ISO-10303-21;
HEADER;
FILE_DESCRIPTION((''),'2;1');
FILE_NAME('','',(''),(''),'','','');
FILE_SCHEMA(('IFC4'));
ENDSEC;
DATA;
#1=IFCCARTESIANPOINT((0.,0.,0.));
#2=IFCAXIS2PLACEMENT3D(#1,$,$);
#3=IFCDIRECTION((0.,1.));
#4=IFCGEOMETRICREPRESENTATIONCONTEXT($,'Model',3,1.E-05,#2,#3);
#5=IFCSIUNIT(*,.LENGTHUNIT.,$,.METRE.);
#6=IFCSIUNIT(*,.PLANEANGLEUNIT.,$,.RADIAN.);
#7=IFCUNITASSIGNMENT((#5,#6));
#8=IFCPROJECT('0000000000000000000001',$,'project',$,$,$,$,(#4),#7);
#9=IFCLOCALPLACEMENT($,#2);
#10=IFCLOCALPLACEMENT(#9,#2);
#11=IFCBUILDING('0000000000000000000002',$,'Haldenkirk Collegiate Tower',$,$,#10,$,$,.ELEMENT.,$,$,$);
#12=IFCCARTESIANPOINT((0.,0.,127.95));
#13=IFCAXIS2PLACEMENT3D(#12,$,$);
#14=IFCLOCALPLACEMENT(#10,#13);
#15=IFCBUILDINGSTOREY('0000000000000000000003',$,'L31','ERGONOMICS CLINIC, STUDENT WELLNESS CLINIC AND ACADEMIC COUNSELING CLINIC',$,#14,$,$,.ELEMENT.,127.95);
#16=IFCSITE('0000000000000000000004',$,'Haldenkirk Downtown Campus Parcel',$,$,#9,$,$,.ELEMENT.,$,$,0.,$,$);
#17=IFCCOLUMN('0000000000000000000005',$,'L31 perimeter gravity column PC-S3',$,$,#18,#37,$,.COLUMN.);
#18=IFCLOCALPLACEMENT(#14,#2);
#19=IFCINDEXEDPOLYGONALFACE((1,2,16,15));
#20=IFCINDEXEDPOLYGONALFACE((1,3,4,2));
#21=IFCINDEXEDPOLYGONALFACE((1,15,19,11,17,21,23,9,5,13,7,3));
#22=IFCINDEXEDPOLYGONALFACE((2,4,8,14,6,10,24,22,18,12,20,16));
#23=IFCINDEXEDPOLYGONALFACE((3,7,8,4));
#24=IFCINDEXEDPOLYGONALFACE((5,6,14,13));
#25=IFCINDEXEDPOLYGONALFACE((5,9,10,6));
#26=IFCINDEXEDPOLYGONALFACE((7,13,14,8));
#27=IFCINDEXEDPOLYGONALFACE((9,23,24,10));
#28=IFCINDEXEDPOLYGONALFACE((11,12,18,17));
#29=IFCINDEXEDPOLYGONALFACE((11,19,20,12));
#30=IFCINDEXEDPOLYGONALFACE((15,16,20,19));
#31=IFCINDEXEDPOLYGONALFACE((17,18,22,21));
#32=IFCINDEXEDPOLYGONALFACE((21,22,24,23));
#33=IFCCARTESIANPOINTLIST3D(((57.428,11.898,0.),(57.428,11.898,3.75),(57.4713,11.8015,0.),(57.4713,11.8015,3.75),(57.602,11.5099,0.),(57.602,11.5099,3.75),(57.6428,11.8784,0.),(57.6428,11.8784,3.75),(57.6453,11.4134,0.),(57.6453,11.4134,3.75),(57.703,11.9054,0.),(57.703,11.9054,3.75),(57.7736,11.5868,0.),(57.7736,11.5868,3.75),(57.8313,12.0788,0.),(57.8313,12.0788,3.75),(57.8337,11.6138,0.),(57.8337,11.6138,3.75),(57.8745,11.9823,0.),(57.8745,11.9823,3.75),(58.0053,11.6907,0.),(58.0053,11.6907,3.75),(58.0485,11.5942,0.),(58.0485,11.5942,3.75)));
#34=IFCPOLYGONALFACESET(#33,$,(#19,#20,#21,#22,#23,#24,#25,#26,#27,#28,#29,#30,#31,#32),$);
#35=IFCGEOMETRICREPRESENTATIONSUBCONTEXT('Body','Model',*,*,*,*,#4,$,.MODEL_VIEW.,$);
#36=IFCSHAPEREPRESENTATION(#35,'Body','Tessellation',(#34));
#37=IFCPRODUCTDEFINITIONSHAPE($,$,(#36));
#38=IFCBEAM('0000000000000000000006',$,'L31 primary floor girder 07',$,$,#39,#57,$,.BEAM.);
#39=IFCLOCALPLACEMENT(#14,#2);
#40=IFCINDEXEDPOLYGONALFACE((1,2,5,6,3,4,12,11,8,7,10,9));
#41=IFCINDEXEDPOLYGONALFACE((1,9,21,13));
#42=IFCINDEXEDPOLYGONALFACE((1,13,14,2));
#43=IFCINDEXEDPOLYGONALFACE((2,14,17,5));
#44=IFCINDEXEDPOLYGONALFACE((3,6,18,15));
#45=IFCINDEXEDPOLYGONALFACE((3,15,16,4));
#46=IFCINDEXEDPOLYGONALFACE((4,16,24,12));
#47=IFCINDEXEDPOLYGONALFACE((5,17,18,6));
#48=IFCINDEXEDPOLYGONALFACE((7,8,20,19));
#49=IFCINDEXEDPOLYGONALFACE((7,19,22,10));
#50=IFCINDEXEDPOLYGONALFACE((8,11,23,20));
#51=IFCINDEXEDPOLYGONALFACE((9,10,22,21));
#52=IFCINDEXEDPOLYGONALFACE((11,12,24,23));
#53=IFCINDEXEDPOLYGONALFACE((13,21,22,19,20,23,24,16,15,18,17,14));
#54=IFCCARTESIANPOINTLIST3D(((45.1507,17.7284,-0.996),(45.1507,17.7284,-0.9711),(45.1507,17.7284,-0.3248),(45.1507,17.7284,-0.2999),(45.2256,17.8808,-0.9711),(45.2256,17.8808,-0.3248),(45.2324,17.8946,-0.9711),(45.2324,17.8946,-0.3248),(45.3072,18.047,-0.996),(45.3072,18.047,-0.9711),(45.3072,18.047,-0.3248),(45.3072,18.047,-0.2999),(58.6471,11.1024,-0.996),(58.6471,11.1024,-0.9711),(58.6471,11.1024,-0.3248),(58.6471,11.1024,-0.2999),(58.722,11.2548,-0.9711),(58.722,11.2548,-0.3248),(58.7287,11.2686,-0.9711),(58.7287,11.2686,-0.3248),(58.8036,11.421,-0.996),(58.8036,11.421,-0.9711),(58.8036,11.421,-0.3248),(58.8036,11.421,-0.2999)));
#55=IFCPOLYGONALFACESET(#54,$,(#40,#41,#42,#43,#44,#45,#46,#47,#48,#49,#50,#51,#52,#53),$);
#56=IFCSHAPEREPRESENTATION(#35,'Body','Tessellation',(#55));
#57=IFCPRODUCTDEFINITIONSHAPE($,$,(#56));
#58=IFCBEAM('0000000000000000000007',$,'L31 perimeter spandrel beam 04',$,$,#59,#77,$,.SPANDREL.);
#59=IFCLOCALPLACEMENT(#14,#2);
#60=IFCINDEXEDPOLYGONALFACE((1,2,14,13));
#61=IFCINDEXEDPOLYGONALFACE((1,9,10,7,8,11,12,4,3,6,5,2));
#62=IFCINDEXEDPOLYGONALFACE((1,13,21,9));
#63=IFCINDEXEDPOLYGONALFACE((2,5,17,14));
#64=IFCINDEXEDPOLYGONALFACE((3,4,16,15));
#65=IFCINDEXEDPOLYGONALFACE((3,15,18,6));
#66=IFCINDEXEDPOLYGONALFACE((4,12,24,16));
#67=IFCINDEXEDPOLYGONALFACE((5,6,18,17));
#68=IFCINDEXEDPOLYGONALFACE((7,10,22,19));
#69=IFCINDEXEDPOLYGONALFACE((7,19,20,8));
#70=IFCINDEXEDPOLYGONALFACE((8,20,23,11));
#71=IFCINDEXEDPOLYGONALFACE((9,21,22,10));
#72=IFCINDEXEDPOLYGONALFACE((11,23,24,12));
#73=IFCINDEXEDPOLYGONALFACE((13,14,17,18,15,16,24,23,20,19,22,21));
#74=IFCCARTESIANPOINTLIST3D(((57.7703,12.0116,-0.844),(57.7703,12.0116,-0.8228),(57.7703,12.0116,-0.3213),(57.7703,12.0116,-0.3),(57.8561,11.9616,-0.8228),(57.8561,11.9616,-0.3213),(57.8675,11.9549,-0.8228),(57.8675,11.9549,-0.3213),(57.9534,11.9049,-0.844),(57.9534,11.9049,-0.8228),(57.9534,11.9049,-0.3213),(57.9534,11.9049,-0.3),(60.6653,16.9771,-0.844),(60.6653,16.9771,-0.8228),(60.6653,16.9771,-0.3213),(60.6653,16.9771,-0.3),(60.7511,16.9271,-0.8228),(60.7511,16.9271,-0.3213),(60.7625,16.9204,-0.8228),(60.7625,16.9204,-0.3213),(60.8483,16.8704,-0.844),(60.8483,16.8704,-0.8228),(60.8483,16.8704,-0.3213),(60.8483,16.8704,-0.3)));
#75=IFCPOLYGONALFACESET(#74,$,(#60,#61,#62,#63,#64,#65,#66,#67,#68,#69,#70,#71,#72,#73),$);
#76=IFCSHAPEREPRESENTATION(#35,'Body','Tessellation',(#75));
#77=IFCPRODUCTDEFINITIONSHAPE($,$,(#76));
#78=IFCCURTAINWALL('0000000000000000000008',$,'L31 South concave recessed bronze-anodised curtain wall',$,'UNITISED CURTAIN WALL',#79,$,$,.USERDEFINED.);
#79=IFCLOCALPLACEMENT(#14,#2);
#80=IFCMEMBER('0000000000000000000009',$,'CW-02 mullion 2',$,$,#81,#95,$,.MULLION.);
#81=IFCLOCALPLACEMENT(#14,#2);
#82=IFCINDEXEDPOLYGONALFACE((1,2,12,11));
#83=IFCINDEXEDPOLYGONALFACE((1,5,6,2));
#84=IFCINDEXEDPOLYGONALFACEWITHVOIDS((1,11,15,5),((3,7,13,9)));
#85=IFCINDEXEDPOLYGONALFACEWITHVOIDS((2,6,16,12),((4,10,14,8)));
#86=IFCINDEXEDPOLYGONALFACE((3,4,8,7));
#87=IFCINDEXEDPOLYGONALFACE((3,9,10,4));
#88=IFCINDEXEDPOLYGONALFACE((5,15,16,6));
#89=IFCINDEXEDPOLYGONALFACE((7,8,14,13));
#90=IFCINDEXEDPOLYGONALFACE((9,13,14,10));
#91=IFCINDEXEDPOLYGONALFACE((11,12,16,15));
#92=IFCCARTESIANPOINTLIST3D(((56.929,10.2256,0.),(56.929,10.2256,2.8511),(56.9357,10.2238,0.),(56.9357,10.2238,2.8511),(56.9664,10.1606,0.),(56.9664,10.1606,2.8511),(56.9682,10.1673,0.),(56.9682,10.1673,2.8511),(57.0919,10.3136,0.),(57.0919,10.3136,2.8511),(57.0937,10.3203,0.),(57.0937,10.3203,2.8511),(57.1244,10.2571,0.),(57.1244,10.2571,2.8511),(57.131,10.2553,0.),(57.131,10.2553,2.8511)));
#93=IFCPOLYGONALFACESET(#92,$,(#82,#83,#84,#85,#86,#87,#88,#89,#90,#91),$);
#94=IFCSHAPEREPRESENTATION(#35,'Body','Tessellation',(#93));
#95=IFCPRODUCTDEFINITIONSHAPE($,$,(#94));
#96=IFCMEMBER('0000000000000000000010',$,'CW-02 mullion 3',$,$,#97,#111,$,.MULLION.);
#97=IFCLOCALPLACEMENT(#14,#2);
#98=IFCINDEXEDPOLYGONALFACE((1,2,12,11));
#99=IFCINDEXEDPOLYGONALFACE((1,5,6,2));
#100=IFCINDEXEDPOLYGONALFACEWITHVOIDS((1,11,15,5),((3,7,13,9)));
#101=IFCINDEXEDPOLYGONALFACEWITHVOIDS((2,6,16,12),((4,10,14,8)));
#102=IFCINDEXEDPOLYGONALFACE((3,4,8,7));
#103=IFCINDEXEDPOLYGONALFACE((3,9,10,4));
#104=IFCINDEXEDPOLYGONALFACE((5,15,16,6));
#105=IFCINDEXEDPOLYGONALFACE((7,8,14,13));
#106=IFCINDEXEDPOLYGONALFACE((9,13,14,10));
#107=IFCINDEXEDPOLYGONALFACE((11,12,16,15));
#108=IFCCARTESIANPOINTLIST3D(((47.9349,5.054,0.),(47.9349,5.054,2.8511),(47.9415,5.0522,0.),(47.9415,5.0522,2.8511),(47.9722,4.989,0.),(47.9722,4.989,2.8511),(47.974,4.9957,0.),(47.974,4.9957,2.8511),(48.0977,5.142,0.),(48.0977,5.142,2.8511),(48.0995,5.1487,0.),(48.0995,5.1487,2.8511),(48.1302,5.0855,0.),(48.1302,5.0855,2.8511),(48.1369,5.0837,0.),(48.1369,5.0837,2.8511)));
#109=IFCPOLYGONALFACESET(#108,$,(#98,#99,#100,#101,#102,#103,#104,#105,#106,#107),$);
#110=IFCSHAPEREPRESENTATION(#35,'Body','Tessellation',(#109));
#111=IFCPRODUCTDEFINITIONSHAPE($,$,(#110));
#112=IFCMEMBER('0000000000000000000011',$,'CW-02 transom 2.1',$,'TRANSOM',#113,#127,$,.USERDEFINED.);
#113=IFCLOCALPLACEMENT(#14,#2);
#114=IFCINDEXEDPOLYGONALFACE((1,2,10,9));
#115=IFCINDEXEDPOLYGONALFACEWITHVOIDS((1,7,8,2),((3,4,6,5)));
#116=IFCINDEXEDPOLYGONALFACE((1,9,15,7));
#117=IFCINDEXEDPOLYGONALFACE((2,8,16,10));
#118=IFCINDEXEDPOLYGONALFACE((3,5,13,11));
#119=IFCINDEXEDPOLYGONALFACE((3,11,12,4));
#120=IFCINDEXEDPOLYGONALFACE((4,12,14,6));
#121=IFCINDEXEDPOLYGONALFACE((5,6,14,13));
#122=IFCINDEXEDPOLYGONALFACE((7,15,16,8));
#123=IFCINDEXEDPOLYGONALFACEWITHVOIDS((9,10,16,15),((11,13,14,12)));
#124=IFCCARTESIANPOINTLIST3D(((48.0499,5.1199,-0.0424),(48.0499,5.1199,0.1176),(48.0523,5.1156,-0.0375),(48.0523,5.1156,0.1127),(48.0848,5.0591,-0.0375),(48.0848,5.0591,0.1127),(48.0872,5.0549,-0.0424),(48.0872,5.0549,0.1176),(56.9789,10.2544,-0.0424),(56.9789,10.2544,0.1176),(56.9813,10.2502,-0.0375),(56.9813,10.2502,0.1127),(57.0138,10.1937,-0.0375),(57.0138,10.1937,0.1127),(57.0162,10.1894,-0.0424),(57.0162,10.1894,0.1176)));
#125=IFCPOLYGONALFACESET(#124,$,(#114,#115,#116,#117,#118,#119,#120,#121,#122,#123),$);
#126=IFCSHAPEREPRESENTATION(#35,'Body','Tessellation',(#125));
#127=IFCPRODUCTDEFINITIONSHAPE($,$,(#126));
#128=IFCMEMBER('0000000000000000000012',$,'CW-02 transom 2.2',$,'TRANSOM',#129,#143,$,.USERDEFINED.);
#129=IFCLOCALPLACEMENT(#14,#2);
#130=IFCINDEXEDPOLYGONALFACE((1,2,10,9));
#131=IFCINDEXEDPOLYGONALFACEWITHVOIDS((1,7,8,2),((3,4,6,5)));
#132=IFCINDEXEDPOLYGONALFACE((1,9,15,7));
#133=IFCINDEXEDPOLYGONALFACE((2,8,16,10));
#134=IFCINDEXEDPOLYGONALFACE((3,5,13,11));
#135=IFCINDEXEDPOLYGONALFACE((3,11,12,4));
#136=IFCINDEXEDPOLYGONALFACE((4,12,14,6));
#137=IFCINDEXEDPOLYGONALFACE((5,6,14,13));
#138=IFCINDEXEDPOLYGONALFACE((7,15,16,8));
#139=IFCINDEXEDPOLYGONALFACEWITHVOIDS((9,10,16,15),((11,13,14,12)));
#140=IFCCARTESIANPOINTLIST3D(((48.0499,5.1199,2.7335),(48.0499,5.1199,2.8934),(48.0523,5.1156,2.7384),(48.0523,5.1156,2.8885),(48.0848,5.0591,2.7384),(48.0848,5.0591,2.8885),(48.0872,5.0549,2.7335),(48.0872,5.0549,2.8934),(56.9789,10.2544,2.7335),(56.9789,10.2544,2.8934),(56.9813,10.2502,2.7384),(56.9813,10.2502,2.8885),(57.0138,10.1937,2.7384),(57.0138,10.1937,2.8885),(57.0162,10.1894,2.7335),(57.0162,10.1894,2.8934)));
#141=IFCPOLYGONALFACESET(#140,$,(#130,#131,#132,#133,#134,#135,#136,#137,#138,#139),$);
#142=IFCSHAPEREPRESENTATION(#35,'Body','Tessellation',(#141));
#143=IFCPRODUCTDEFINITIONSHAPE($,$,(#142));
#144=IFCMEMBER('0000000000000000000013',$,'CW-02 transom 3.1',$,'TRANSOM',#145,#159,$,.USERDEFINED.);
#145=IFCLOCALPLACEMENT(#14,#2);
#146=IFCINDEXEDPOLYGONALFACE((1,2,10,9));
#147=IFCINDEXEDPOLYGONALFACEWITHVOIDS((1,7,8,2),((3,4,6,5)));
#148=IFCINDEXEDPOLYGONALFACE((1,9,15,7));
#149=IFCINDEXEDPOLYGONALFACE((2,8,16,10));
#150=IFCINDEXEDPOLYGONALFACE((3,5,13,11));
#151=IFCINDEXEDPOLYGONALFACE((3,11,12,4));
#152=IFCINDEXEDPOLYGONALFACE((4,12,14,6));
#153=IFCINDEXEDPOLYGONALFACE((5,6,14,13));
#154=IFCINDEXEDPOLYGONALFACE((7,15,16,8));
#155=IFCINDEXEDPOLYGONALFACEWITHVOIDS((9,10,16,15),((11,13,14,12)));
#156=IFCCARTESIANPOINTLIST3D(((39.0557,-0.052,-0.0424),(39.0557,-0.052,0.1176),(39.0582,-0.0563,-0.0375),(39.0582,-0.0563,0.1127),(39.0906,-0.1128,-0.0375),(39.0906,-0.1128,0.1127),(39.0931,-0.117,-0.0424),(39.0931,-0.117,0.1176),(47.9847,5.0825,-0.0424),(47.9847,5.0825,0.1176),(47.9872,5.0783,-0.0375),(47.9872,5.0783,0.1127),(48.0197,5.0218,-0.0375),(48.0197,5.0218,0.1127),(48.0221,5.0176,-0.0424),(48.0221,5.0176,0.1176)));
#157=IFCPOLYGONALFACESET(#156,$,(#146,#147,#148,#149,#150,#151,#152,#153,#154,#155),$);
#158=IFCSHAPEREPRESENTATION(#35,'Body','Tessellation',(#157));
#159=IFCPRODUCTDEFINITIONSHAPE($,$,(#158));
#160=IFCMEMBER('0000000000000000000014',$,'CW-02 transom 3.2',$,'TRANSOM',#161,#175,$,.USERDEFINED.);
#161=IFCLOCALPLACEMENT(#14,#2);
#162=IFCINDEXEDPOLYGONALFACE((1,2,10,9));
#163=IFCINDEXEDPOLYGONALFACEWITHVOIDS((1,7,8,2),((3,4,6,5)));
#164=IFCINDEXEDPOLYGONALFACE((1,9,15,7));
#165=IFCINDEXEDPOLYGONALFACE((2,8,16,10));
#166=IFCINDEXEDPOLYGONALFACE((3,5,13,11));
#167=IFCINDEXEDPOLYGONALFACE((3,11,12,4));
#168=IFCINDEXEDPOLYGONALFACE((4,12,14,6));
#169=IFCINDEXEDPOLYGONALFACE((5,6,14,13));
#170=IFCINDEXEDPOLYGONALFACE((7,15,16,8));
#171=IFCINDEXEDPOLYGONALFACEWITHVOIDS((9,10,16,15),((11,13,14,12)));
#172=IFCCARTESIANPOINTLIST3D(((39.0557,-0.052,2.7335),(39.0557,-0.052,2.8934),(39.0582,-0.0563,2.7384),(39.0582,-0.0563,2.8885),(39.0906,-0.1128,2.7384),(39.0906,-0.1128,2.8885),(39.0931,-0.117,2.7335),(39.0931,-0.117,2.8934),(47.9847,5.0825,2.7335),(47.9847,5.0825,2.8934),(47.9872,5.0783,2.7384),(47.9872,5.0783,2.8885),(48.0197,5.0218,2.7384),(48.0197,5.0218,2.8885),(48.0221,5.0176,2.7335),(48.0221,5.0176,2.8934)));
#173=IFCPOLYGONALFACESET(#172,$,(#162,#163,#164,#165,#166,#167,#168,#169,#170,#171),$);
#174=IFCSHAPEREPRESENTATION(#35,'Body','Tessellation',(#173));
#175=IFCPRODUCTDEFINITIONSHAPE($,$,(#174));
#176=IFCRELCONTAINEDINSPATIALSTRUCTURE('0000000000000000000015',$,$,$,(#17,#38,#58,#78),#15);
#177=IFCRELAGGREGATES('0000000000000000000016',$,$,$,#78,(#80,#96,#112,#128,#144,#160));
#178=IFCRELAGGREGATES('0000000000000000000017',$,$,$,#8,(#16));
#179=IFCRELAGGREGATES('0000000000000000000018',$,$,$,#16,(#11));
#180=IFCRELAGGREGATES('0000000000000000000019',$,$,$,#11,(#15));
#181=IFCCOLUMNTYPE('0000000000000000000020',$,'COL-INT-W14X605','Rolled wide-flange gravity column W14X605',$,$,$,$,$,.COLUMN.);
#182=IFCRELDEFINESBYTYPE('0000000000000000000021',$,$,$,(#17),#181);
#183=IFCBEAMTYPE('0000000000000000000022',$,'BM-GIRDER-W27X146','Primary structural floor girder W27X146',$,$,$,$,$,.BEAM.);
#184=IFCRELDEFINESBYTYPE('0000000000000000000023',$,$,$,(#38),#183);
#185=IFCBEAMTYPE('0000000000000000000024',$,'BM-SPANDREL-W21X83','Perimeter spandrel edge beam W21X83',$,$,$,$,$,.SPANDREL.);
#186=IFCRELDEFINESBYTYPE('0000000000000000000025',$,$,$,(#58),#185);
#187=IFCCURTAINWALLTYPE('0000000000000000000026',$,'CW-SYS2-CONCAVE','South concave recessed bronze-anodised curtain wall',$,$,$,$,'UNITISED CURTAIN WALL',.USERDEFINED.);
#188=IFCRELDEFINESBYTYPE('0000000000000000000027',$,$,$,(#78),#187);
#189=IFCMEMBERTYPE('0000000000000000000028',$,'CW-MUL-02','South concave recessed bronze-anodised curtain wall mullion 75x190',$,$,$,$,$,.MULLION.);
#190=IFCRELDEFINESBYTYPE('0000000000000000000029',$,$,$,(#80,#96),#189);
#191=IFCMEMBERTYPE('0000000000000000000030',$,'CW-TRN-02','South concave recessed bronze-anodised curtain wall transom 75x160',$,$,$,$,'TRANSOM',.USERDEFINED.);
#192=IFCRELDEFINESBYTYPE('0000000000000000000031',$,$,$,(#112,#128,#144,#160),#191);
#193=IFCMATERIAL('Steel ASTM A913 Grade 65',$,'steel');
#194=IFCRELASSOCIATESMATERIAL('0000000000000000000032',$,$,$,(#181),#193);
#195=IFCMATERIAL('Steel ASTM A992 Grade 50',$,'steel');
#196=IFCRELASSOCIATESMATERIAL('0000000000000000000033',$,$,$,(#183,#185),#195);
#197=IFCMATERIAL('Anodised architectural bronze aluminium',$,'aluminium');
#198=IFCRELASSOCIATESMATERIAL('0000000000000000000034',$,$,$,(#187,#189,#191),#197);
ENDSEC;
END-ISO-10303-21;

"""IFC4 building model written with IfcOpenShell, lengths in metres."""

from ifc_helpers import new_model, si_unit, direction, frame, origin, origin_2d, place, context, subcontext, project, spatial, hollow_rectangle, i_section, extrude, material, material_profile, profile_set, type_object, element, aggregate, save


model = new_model("IFC4")

# Units and contexts
model_context = context("Model", 3, precision=1e-05, world=origin(), true_north=direction((0.0, 1.0)))
body_context = subcontext(model_context, "Body", "Model", "MODEL_VIEW")
ifc_project = project(units=[si_unit("LENGTHUNIT", "METRE"), si_unit("PLANEANGLEUNIT", "RADIAN")], contexts=[model_context])

# Site, building, storey
site_placement = place(None, origin())
site = spatial("IfcSite", under=ifc_project, at=site_placement, Name="Haldenkirk Downtown Campus Parcel", CompositionType="ELEMENT", RefElevation=0.0)
building_placement = place(site_placement, origin())
building = spatial("IfcBuilding", under=site, at=building_placement, Name="Haldenkirk Collegiate Tower", CompositionType="ELEMENT")
storey_placement = place(building_placement, frame((0.0, 0.0, 127.95)))
storey = spatial("IfcBuildingStorey", under=building, at=storey_placement, Name="L31", Description="ERGONOMICS CLINIC, STUDENT WELLNESS CLINIC AND ACADEMIC COUNSELING CLINIC", CompositionType="ELEMENT", Elevation=127.95)

# Column
ifc_material_1 = material(Name="Steel ASTM A913 Grade 65", Category="steel")
ifc_material_profile_1 = material_profile(ifc_material_1, i_section(OverallWidth=0.4419, OverallDepth=0.531, WebThickness=0.0659, FlangeThickness=0.1057, at=origin_2d()), Name="W14X605")
ifc_profile_set_1 = profile_set([ifc_material_profile_1], Name="Steel ASTM A913 Grade 65")
column_type = type_object("IfcColumnType", Name="COL-INT-W14X605", Description="Rolled wide-flange gravity column W14X605", PredefinedType="COLUMN", material=ifc_profile_set_1)
column_placement = place(storey_placement, frame((57.7383, 11.7461, 0.0), z_axis=(0.0, 0.0, 1.0), x_axis=(0.912477, 0.409127, 0.0)))
element("IfcColumn", 1, at=column_placement, inside=storey, type_object=column_type, Name="L31 perimeter gravity column PC-S3", PredefinedType="COLUMN", context=body_context, shape_type="SweptSolid", body=[
    extrude(i_section(OverallWidth=0.4419, OverallDepth=0.531, WebThickness=0.0659, FlangeThickness=0.1057, at=origin_2d()), origin(), (0.0, 0.0, 1.0), 3.75),
])

# Beams
ifc_material_2 = material(Name="Steel ASTM A992 Grade 50", Category="steel")
ifc_material_profile_2 = material_profile(ifc_material_2, i_section(OverallWidth=0.355, OverallDepth=0.696, WebThickness=0.0154, FlangeThickness=0.0249, at=origin_2d()), Name="W27X146")
ifc_profile_set_2 = profile_set([ifc_material_profile_2], Name="Steel ASTM A992 Grade 50")
beam_type_1 = type_object("IfcBeamType", Name="BM-GIRDER-W27X146", Description="Primary structural floor girder W27X146", PredefinedType="BEAM", material=ifc_profile_set_2)
beam_1_placement = place(storey_placement, frame((58.7253, 11.2617, -0.6479), z_axis=(-0.897654, 0.4407, 0.0), x_axis=(-0.4407, -0.897654, 0.0)))
element("IfcBeam", 2, at=beam_1_placement, inside=storey, type_object=beam_type_1, Name="L31 primary floor girder 07", PredefinedType="BEAM", context=body_context, shape_type="SweptSolid", body=[
    extrude(i_section(OverallWidth=0.355, OverallDepth=0.696, WebThickness=0.0154, FlangeThickness=0.0249, at=origin_2d()), origin(), (0.0, 0.0, 1.0), 15.0352),
])
ifc_material_profile_3 = material_profile(ifc_material_2, i_section(OverallWidth=0.2119, OverallDepth=0.5439, WebThickness=0.0132, FlangeThickness=0.0212, at=origin_2d()), Name="W21X83")
ifc_profile_set_3 = profile_set([ifc_material_profile_3], Name="Steel ASTM A992 Grade 50")
beam_type_2 = type_object("IfcBeamType", Name="BM-SPANDREL-W21X83", Description="Perimeter spandrel edge beam W21X83", PredefinedType="SPANDREL", material=ifc_profile_set_3)
beam_2_placement = place(storey_placement, frame((57.8618, 11.9583, -0.572), z_axis=(0.503668, 0.863897, 0.0), x_axis=(-0.863897, 0.503668, 0.0)))
element("IfcBeam", 3, at=beam_2_placement, inside=storey, type_object=beam_type_2, Name="L31 perimeter spandrel beam 04", PredefinedType="SPANDREL", context=body_context, shape_type="SweptSolid", body=[
    extrude(i_section(OverallWidth=0.2119, OverallDepth=0.5439, WebThickness=0.0132, FlangeThickness=0.0212, at=origin_2d()), origin(), (0.0, 0.0, 1.0), 5.7478),
])

# Curtain wall, members
ifc_material_3 = material(Name="Anodised architectural bronze aluminium", Category="aluminium")
curtain_wall_type = type_object("IfcCurtainWallType", Name="CW-SYS2-CONCAVE", Description="South concave recessed bronze-anodised curtain wall", ElementType="UNITISED CURTAIN WALL", PredefinedType="USERDEFINED", material=ifc_material_3)
curtain_wall_placement = place(storey_placement, origin())
curtain_wall = element("IfcCurtainWall", 4, at=curtain_wall_placement, inside=storey, type_object=curtain_wall_type, Name="L31 South concave recessed bronze-anodised curtain wall", ObjectType="UNITISED CURTAIN WALL", PredefinedType="USERDEFINED")
ifc_material_profile_4 = material_profile(ifc_material_3, hollow_rectangle(XDim=0.075, YDim=0.1899, WallThickness=0.0049, at=origin_2d()), Name="CW-MUL-02")
ifc_profile_set_4 = profile_set([ifc_material_profile_4], Name="Anodised architectural bronze aluminium")
member_type_1 = type_object("IfcMemberType", Name="CW-MUL-02", Description="South concave recessed bronze-anodised curtain wall mullion 75x190", PredefinedType="MULLION", material=ifc_profile_set_4)
member_1_placement = place(storey_placement, frame((57.03, 10.2405, 0.0), z_axis=(0.0, 0.0, 1.0), x_axis=(0.498489, -0.866896, 0.0)))
member_1 = element("IfcMember", 5, at=member_1_placement, type_object=member_type_1, Name="CW-02 mullion 2", PredefinedType="MULLION", context=body_context, shape_type="SweptSolid", body=[
    extrude(hollow_rectangle(XDim=0.075, YDim=0.1899, WallThickness=0.0049, at=origin_2d()), origin(), (0.0, 0.0, 1.0), 2.8511),
])
member_2_placement = place(storey_placement, frame((48.0359, 5.0688, 0.0), z_axis=(0.0, 0.0, 1.0), x_axis=(0.498489, -0.866896, 0.0)))
member_2 = element("IfcMember", 6, at=member_2_placement, type_object=member_type_1, Name="CW-02 mullion 3", PredefinedType="MULLION", context=body_context, shape_type="SweptSolid", body=[
    extrude(hollow_rectangle(XDim=0.075, YDim=0.1899, WallThickness=0.0049, at=origin_2d()), origin(), (0.0, 0.0, 1.0), 2.8511),
])
ifc_material_profile_5 = material_profile(ifc_material_3, hollow_rectangle(XDim=0.075, YDim=0.1599, WallThickness=0.0049, at=origin_2d()), Name="CW-TRN-02")
ifc_profile_set_5 = profile_set([ifc_material_profile_5], Name="Anodised architectural bronze aluminium")
member_type_2 = type_object("IfcMemberType", Name="CW-TRN-02", Description="South concave recessed bronze-anodised curtain wall transom 75x160", ElementType="TRANSOM", PredefinedType="USERDEFINED", material=ifc_profile_set_5)
member_3_placement = place(storey_placement, frame((56.9976, 10.2219, 0.0376), z_axis=(-0.866891, -0.498498, 0.0), x_axis=(0.498498, -0.866891, 0.0)))
member_3 = element("IfcMember", 7, at=member_3_placement, type_object=member_type_2, Name="CW-02 transom 2.1", ObjectType="TRANSOM", PredefinedType="USERDEFINED", context=body_context, shape_type="SweptSolid", body=[
    extrude(hollow_rectangle(XDim=0.075, YDim=0.1599, WallThickness=0.0049, at=origin_2d()), origin(), (0.0, 0.0, 1.0), 10.3),
])
member_4_placement = place(storey_placement, frame((56.9976, 10.2219, 2.8135), z_axis=(-0.866891, -0.498498, 0.0), x_axis=(0.498498, -0.866891, 0.0)))
member_4 = element("IfcMember", 8, at=member_4_placement, type_object=member_type_2, Name="CW-02 transom 2.2", ObjectType="TRANSOM", PredefinedType="USERDEFINED", context=body_context, shape_type="SweptSolid", body=[
    extrude(hollow_rectangle(XDim=0.075, YDim=0.1599, WallThickness=0.0049, at=origin_2d()), origin(), (0.0, 0.0, 1.0), 10.3),
])
member_5_placement = place(storey_placement, frame((48.0034, 5.05, 0.0376), z_axis=(-0.866891, -0.498498, 0.0), x_axis=(0.498498, -0.866891, 0.0)))
member_5 = element("IfcMember", 9, at=member_5_placement, type_object=member_type_2, Name="CW-02 transom 3.1", ObjectType="TRANSOM", PredefinedType="USERDEFINED", context=body_context, shape_type="SweptSolid", body=[
    extrude(hollow_rectangle(XDim=0.075, YDim=0.1599, WallThickness=0.0049, at=origin_2d()), origin(), (0.0, 0.0, 1.0), 10.3),
])
member_6_placement = place(storey_placement, frame((48.0034, 5.05, 2.8135), z_axis=(-0.866891, -0.498498, 0.0), x_axis=(0.498498, -0.866891, 0.0)))
member_6 = element("IfcMember", 10, at=member_6_placement, type_object=member_type_2, Name="CW-02 transom 3.2", ObjectType="TRANSOM", PredefinedType="USERDEFINED", context=body_context, shape_type="SweptSolid", body=[
    extrude(hollow_rectangle(XDim=0.075, YDim=0.1599, WallThickness=0.0049, at=origin_2d()), origin(), (0.0, 0.0, 1.0), 10.3),
])

aggregate(curtain_wall, [member_1, member_2, member_3, member_4, member_5, member_6])

save(model, "model.ifc")
